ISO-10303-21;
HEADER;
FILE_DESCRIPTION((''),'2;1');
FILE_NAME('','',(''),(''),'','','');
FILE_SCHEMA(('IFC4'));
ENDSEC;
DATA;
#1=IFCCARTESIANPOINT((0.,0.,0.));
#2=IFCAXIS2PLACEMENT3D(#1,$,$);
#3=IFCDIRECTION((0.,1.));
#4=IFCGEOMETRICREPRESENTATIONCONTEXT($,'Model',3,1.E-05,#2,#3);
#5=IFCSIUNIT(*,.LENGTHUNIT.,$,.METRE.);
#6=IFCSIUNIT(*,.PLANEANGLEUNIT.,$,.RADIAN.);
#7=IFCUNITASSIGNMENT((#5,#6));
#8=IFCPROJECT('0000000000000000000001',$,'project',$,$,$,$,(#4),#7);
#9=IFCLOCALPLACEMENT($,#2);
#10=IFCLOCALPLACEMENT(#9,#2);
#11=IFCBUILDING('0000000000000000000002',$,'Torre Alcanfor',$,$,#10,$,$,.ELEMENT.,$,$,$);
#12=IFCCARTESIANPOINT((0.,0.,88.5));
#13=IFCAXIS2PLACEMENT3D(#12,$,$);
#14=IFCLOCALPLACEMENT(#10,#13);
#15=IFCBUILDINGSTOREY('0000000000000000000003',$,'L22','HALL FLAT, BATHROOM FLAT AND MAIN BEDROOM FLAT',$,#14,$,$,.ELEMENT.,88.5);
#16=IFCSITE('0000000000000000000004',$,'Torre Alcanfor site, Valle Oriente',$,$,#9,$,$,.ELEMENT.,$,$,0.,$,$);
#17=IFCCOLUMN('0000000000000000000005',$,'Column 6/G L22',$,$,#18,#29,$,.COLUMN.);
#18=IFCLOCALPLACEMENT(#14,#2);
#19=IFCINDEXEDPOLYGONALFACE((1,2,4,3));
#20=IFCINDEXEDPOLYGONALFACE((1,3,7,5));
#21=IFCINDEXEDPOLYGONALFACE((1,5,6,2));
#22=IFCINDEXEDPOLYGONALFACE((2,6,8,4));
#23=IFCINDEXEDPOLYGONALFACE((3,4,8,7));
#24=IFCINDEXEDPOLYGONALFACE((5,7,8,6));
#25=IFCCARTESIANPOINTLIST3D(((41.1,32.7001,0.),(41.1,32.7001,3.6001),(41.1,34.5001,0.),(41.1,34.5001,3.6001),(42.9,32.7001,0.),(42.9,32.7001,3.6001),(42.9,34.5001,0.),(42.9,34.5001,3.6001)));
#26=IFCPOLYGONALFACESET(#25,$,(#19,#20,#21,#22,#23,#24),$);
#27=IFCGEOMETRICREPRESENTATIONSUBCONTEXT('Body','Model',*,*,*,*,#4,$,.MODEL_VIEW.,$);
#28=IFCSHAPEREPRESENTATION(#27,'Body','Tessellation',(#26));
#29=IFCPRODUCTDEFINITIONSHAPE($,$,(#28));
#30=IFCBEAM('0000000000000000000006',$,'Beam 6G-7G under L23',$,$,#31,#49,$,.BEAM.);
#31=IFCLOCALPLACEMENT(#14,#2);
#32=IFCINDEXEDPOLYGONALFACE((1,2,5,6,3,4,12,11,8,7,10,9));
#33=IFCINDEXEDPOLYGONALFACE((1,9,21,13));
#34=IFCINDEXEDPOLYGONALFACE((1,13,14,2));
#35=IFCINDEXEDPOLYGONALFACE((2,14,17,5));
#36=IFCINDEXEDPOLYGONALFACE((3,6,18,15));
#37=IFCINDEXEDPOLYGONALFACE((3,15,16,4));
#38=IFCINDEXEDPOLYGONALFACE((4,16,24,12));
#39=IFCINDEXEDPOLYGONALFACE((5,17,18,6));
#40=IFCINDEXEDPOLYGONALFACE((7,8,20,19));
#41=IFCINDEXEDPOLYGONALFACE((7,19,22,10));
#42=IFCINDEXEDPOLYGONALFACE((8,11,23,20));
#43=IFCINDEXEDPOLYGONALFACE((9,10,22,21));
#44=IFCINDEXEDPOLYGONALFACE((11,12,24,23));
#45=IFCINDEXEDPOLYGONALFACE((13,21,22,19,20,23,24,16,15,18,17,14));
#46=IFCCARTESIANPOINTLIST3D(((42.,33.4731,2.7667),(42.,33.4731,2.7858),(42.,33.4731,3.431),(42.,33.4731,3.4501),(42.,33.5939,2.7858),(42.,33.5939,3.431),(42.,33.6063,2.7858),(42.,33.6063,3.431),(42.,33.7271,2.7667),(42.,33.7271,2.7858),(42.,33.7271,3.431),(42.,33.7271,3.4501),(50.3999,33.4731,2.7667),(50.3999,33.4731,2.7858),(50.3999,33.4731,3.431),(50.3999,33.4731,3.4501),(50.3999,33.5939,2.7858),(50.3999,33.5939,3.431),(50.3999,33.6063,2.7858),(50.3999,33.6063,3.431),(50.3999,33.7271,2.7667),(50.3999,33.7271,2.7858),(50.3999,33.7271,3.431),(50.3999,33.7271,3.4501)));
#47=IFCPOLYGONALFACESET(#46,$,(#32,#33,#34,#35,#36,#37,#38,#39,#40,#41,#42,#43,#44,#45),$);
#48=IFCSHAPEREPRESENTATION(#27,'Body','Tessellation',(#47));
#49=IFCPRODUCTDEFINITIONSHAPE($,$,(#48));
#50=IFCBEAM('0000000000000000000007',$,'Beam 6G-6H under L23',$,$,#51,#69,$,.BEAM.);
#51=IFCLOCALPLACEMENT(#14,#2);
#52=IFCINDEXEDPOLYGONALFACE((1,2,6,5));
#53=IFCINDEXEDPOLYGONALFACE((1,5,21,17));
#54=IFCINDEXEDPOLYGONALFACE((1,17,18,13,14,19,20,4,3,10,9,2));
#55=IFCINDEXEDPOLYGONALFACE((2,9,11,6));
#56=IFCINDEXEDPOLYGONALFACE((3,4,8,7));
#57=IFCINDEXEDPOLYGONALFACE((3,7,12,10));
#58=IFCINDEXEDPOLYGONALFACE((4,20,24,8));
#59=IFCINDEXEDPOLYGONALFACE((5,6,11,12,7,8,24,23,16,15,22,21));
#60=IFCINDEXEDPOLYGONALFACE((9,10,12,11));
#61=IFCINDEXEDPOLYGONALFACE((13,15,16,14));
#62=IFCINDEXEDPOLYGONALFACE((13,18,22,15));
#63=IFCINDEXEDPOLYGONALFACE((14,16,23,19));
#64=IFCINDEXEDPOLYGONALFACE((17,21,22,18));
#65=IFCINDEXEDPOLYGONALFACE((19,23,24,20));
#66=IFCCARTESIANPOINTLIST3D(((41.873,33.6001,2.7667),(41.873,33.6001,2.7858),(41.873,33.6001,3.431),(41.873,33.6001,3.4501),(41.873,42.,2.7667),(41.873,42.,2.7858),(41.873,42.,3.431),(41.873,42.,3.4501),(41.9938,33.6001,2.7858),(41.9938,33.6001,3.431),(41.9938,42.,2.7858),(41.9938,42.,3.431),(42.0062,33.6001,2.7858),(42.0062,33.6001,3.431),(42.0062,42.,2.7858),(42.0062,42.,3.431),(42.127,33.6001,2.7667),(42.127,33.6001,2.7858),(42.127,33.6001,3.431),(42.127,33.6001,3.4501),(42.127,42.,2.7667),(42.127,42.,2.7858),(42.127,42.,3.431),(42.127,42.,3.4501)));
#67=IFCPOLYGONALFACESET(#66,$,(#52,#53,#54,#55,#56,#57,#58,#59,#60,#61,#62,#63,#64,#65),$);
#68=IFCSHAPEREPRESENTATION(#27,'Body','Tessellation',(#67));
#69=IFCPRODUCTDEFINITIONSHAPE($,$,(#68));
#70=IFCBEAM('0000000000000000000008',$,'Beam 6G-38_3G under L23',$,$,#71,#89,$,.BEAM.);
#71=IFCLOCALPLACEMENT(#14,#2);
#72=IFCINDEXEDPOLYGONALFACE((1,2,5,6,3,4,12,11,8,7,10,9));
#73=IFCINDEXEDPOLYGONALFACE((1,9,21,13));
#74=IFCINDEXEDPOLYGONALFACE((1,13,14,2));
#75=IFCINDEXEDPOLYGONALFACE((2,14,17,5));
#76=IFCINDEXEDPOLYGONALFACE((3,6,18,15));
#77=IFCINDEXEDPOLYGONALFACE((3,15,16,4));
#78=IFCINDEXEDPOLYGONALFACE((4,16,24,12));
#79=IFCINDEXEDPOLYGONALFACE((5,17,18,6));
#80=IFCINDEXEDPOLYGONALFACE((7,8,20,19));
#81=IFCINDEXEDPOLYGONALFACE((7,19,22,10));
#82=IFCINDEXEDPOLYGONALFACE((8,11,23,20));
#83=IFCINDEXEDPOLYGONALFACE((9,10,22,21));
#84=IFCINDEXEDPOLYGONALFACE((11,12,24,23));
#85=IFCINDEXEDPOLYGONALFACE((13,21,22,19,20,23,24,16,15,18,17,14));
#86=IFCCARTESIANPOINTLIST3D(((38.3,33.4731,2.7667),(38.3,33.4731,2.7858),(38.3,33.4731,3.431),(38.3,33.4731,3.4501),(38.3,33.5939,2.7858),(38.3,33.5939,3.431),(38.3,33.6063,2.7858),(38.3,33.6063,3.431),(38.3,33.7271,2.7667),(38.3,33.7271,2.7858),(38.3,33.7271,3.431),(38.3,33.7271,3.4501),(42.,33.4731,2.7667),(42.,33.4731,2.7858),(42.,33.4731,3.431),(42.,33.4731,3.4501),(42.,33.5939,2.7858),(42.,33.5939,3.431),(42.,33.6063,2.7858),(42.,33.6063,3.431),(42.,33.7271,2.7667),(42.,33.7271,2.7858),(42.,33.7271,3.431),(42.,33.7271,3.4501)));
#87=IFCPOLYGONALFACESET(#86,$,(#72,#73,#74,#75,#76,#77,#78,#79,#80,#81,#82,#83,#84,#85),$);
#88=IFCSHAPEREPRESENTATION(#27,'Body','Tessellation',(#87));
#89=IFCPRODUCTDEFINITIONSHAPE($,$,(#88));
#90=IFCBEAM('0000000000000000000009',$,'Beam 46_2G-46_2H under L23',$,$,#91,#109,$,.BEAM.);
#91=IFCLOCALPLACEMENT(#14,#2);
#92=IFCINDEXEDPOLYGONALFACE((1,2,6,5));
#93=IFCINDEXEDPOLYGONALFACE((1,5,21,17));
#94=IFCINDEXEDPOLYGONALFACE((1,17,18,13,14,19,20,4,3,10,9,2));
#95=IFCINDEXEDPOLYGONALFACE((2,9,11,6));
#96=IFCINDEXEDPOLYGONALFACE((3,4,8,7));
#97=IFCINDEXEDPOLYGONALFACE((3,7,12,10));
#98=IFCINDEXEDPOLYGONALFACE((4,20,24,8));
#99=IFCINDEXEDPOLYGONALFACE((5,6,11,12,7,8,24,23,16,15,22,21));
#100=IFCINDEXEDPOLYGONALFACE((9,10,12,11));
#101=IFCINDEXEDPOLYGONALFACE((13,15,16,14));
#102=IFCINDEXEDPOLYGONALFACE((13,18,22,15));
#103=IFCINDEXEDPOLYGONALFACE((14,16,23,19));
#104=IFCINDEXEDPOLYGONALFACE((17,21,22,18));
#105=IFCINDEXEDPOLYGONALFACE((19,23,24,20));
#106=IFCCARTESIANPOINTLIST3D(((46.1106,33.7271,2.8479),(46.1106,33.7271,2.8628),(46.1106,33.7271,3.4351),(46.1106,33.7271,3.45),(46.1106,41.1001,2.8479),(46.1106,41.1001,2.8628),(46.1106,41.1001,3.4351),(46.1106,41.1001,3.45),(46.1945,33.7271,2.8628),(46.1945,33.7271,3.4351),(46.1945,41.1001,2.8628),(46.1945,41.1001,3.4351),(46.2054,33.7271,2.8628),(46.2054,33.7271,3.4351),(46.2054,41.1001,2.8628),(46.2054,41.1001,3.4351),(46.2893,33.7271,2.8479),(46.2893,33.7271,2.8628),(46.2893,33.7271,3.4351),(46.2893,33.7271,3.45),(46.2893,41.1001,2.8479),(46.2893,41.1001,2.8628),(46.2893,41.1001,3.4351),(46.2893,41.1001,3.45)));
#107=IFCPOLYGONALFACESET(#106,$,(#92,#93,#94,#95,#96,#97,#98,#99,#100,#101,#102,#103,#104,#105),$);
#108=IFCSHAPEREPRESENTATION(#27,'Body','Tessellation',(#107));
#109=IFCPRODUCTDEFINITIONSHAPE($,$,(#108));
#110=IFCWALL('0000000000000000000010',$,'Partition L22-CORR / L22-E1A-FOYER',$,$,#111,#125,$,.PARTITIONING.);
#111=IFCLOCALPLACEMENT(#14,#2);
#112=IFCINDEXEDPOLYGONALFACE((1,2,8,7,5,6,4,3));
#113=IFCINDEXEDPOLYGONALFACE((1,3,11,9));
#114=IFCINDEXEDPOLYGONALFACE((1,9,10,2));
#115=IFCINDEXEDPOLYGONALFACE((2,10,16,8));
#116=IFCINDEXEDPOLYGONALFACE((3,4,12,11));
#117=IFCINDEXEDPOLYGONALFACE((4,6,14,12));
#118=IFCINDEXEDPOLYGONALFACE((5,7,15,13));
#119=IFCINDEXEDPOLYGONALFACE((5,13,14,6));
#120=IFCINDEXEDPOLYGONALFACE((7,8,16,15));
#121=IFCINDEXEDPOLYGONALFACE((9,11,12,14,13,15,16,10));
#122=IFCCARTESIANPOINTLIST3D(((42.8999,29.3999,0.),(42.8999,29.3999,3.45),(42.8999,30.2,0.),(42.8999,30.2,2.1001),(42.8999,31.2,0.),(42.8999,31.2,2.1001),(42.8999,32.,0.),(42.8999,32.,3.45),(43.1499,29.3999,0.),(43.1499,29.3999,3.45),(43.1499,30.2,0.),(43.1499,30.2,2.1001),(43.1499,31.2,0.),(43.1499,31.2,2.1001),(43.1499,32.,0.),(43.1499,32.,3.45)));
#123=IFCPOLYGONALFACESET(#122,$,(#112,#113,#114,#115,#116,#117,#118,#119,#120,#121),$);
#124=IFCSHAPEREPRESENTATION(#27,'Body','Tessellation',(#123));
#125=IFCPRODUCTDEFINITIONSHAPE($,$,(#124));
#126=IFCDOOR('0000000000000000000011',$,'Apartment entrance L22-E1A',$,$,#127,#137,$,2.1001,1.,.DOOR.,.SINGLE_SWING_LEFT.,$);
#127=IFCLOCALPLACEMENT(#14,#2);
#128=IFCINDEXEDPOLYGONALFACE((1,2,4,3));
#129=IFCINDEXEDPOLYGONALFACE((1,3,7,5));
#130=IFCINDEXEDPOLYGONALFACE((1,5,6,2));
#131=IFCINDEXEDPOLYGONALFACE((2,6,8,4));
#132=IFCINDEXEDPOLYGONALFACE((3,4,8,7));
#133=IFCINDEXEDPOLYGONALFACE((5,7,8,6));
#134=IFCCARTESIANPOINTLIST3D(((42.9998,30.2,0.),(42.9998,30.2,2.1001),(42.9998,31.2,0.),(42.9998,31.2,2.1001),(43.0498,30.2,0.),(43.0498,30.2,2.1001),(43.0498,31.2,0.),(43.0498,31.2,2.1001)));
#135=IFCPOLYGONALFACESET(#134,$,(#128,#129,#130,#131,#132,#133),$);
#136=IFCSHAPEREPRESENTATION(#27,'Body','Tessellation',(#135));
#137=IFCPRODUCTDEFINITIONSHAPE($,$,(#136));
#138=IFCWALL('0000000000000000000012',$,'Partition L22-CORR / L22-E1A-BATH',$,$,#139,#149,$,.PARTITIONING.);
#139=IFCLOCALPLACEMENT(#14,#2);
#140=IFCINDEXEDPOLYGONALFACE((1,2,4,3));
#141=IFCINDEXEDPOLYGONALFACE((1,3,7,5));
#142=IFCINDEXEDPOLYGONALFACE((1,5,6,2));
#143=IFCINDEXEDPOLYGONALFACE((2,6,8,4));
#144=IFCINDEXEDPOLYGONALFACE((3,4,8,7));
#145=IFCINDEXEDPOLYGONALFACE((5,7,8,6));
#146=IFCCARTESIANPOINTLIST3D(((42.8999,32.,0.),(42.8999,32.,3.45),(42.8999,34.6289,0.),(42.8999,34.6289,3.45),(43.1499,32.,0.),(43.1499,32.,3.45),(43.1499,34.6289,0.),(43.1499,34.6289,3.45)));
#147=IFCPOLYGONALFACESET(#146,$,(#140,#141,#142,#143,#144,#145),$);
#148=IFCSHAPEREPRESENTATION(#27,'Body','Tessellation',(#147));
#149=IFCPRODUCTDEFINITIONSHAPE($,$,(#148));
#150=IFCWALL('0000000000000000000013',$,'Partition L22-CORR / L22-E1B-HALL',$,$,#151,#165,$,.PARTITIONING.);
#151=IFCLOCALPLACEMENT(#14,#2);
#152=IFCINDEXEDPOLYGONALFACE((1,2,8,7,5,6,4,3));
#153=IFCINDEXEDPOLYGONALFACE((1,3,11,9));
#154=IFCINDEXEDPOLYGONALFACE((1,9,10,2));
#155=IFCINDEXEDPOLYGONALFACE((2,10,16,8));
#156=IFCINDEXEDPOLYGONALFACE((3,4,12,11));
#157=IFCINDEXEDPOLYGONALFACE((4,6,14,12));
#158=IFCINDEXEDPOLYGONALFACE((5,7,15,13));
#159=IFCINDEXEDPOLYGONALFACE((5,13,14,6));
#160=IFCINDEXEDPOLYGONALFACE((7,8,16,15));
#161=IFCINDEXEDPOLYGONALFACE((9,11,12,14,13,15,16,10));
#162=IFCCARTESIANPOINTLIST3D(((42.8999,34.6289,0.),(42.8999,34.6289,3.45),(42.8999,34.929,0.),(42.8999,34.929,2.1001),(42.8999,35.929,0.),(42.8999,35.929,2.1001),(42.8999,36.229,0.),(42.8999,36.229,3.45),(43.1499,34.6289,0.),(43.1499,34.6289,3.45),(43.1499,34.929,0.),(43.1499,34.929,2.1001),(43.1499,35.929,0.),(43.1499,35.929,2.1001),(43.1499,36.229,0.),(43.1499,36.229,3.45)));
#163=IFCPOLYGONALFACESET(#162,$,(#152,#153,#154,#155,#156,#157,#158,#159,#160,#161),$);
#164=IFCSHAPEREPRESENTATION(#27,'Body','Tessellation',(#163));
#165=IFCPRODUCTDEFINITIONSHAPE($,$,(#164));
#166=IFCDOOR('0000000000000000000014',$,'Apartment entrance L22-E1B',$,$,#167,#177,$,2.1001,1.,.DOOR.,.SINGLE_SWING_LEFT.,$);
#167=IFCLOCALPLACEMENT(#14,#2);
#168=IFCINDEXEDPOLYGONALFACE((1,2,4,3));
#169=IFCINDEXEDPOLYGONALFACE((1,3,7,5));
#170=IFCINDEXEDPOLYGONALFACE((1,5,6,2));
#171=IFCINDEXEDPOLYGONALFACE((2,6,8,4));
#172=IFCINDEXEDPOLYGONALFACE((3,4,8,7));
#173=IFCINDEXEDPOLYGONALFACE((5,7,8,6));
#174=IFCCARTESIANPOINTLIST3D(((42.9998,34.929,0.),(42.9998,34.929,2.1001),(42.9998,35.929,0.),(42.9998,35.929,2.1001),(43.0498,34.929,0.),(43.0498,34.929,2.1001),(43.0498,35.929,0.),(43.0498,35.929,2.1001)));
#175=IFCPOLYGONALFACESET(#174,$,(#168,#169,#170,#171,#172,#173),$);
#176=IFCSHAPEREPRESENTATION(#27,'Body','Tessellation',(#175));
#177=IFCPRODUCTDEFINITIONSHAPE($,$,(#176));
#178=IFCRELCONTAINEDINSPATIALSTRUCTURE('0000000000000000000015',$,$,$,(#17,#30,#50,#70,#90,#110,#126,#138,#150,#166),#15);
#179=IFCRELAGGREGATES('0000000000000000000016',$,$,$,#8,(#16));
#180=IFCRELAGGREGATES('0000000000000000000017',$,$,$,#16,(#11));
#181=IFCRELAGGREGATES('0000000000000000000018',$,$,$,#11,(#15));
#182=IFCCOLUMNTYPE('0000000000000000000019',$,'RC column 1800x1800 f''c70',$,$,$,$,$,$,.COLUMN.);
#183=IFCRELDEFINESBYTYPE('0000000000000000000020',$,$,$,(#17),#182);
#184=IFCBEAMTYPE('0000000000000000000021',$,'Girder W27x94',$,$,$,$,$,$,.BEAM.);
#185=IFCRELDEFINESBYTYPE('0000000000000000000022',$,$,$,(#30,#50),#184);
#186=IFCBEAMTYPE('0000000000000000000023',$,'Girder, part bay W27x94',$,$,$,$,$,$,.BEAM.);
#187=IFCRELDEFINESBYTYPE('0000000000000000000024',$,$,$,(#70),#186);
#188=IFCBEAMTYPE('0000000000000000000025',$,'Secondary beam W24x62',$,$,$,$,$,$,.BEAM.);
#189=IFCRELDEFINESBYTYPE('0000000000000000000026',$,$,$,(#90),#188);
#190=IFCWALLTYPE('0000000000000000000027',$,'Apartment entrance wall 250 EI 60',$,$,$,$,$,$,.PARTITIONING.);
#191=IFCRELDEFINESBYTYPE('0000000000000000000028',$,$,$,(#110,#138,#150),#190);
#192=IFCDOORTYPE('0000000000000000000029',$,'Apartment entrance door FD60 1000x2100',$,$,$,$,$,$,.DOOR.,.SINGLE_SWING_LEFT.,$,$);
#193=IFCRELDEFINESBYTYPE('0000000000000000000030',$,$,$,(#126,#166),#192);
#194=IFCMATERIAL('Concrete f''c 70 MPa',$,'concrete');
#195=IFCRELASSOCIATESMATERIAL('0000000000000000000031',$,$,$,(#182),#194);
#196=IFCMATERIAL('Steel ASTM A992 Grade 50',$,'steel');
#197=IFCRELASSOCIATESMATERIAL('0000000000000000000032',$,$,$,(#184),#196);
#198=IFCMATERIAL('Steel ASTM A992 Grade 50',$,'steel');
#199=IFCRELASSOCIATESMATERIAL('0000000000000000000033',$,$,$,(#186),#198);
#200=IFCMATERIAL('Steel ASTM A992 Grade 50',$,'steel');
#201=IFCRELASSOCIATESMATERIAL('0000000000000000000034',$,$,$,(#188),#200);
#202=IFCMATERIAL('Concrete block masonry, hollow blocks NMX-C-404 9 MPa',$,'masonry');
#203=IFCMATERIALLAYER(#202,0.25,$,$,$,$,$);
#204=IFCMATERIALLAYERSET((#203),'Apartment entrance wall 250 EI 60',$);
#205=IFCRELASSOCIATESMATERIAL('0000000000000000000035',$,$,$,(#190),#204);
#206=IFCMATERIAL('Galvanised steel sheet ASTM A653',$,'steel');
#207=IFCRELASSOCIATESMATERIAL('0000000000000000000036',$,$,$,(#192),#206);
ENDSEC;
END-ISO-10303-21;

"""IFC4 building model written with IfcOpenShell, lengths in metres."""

from ifc_helpers import new_model, si_unit, direction, frame, frame_2d, origin, origin_2d, place, context, subcontext, project, spatial, rectangle, i_section, extrude, material, layer, layer_set, material_profile, profile_set, type_object, element, fill, save


model = new_model("IFC4")

# Units and contexts
model_context = context("Model", 3, precision=1e-05, world=origin(), true_north=direction((0.0, 1.0)))
body_context = subcontext(model_context, "Body", "Model", "MODEL_VIEW")
ifc_project = project(units=[si_unit("LENGTHUNIT", "METRE"), si_unit("PLANEANGLEUNIT", "RADIAN")], contexts=[model_context])

# Site, building, storey
site_placement = place(None, origin())
site = spatial("IfcSite", under=ifc_project, at=site_placement, Name="Torre Alcanfor site, Valle Oriente", CompositionType="ELEMENT", RefElevation=0.0)
building_placement = place(site_placement, origin())
building = spatial("IfcBuilding", under=site, at=building_placement, Name="Torre Alcanfor", CompositionType="ELEMENT")
storey_placement = place(building_placement, frame((0.0, 0.0, 88.5)))
storey = spatial("IfcBuildingStorey", under=building, at=storey_placement, Name="L22", Description="HALL FLAT, BATHROOM FLAT AND MAIN BEDROOM FLAT", CompositionType="ELEMENT", Elevation=88.5)

# Column
ifc_material_1 = material(Name="Concrete f'c 70 MPa", Category="concrete")
ifc_material_profile_1 = material_profile(ifc_material_1, rectangle(XDim=1.8, YDim=1.8, at=origin_2d()), Name="1800x1800")
ifc_profile_set_1 = profile_set([ifc_material_profile_1], Name="Concrete f'c 70 MPa")
column_type = type_object("IfcColumnType", Name="RC column 1800x1800 f'c70", PredefinedType="COLUMN", material=ifc_profile_set_1)
column_placement = place(storey_placement, frame((42.0, 33.6001, 0.0), z_axis=(0.0, 0.0, 1.0), x_axis=(1.0, 0.0, 0.0)))
element("IfcColumn", 1, at=column_placement, inside=storey, type_object=column_type, Name="Column 6/G L22", PredefinedType="COLUMN", context=body_context, shape_type="SweptSolid", body=[
    extrude(rectangle(XDim=1.8, YDim=1.8, at=origin_2d()), origin(), (0.0, 0.0, 1.0), 3.6001),
])

# Beams
ifc_material_2 = material(Name="Steel ASTM A992 Grade 50", Category="steel")
ifc_material_profile_2 = material_profile(ifc_material_2, i_section(OverallWidth=0.2539, OverallDepth=0.6833, WebThickness=0.0125, FlangeThickness=0.019, at=origin_2d()), Name="W27x94")
ifc_profile_set_2 = profile_set([ifc_material_profile_2], Name="Steel ASTM A992 Grade 50")
beam_type_1 = type_object("IfcBeamType", Name="Girder W27x94", PredefinedType="BEAM", material=ifc_profile_set_2)
for number, where, z_axis, x_axis, name in (
    (2, (42.0, 33.6001, 3.1084), (1.0, 0.0, 0.0), (0.0, 1.0, 0.0), "Beam 6G-7G under L23"),
    (3, (42.0, 33.6001, 3.1084), (0.0, 1.0, 0.0), (-1.0, 0.0, 0.0), "Beam 6G-6H under L23"),
):
    element("IfcBeam", number, at=place(storey_placement, frame(where, z_axis=z_axis, x_axis=x_axis)), inside=storey, type_object=beam_type_1, Name=name, PredefinedType="BEAM", context=body_context, shape_type="SweptSolid", body=[
        extrude(i_section(OverallWidth=0.2539, OverallDepth=0.6833, WebThickness=0.0125, FlangeThickness=0.019, at=origin_2d()), origin(), (0.0, 0.0, 1.0), 8.3999),
    ])
ifc_material_3 = material(Name="Steel ASTM A992 Grade 50", Category="steel")
ifc_material_profile_3 = material_profile(ifc_material_3, i_section(OverallWidth=0.2539, OverallDepth=0.6833, WebThickness=0.0125, FlangeThickness=0.019, at=origin_2d()), Name="W27x94")
ifc_profile_set_3 = profile_set([ifc_material_profile_3], Name="Steel ASTM A992 Grade 50")
beam_type_2 = type_object("IfcBeamType", Name="Girder, part bay W27x94", PredefinedType="BEAM", material=ifc_profile_set_3)
beam_1_placement = place(storey_placement, frame((42.0, 33.6001, 3.1084), z_axis=(-1.0, 0.0, 0.0), x_axis=(0.0, -1.0, 0.0)))
element("IfcBeam", 4, at=beam_1_placement, inside=storey, type_object=beam_type_2, Name="Beam 6G-38_3G under L23", PredefinedType="BEAM", context=body_context, shape_type="SweptSolid", body=[
    extrude(i_section(OverallWidth=0.2539, OverallDepth=0.6833, WebThickness=0.0125, FlangeThickness=0.019, at=origin_2d()), origin(), (0.0, 0.0, 1.0), 3.7),
])
ifc_material_4 = material(Name="Steel ASTM A992 Grade 50", Category="steel")
ifc_material_profile_4 = material_profile(ifc_material_4, i_section(OverallWidth=0.1787, OverallDepth=0.6021, WebThickness=0.011, FlangeThickness=0.0149, at=origin_2d()), Name="W24x62")
ifc_profile_set_4 = profile_set([ifc_material_profile_4], Name="Steel ASTM A992 Grade 50")
beam_type_3 = type_object("IfcBeamType", Name="Secondary beam W24x62", PredefinedType="BEAM", material=ifc_profile_set_4)
beam_2_placement = place(storey_placement, frame((46.2, 33.7271, 3.1489), z_axis=(0.0, 1.0, 0.0), x_axis=(-1.0, 0.0, 0.0)))
element("IfcBeam", 5, at=beam_2_placement, inside=storey, type_object=beam_type_3, Name="Beam 46_2G-46_2H under L23", PredefinedType="BEAM", context=body_context, shape_type="SweptSolid", body=[
    extrude(i_section(OverallWidth=0.1787, OverallDepth=0.6021, WebThickness=0.011, FlangeThickness=0.0149, at=origin_2d()), origin(), (0.0, 0.0, 1.0), 7.373),
])

# Wall, opening, door
ifc_material_5 = material(Name="Concrete block masonry, hollow blocks NMX-C-404 9 MPa", Category="masonry")
ifc_layer_1 = layer(ifc_material_5, 0.25)
ifc_layer_set_1 = layer_set([ifc_layer_1], Name="Apartment entrance wall 250 EI 60")
wall_type_1 = type_object("IfcWallType", Name="Apartment entrance wall 250 EI 60", PredefinedType="PARTITIONING", material=ifc_layer_set_1)
wall_1_placement = place(storey_placement, frame((43.0249, 32.0, 0.0), z_axis=(0.0, 0.0, 1.0), x_axis=(0.0, -1.0, 0.0)))
wall_1 = element("IfcWall", 6, at=wall_1_placement, inside=storey, type_object=wall_type_1, Name="Partition L22-CORR / L22-E1A-FOYER", PredefinedType="PARTITIONING", context=body_context, shape_type="SweptSolid", body=[
    extrude(rectangle(XDim=2.6001, YDim=0.25, at=frame_2d((1.3, 0.0))), origin(), (0.0, 0.0, 1.0), 3.45),
])
opening_1_placement = place(wall_1_placement, frame((0.8, 0.0, 0.0)))
opening_1 = element("IfcOpeningElement", 7, at=opening_1_placement, cuts=wall_1, PredefinedType="OPENING", context=body_context, shape_type="SweptSolid", body=[
    extrude(rectangle(XDim=1.0, YDim=2.1001, at=frame_2d((0.5, 1.05))), frame((0.0, 0.135, 0.0), z_axis=(0.0, -1.0, 0.0), x_axis=(1.0, 0.0, 0.0)), (0.0, 0.0, 1.0), 0.27),
])
ifc_material_6 = material(Name="Galvanised steel sheet ASTM A653", Category="steel")
door_type_1 = type_object("IfcDoorType", Name="Apartment entrance door FD60 1000x2100", OperationType="SINGLE_SWING_LEFT", PredefinedType="DOOR", material=ifc_material_6)
door_1_placement = place(opening_1_placement, origin())
door_1 = element("IfcDoor", 8, at=door_1_placement, inside=storey, type_object=door_type_1, Name="Apartment entrance L22-E1A", OperationType="SINGLE_SWING_LEFT", OverallHeight=2.1001, OverallWidth=1.0, PredefinedType="DOOR", context=body_context, shape_type="SweptSolid", body=[
    extrude(rectangle(XDim=1.0, YDim=2.1001, at=frame_2d((0.5, 1.05))), frame((0.0, 0.0249, 0.0), z_axis=(0.0, -1.0, 0.0), x_axis=(1.0, 0.0, 0.0)), (0.0, 0.0, 1.0), 0.05),
])
fill(opening_1, door_1)

# Wall
wall_2_placement = place(storey_placement, frame((43.0249, 34.6289, 0.0), z_axis=(0.0, 0.0, 1.0), x_axis=(0.0, -1.0, 0.0)))
element("IfcWall", 9, at=wall_2_placement, inside=storey, type_object=wall_type_1, Name="Partition L22-CORR / L22-E1A-BATH", PredefinedType="PARTITIONING", context=body_context, shape_type="SweptSolid", body=[
    extrude(rectangle(XDim=2.6289, YDim=0.25, at=frame_2d((1.3145, 0.0))), origin(), (0.0, 0.0, 1.0), 3.45),
])

# Wall, opening, door
wall_3_placement = place(storey_placement, frame((43.0249, 36.229, 0.0), z_axis=(0.0, 0.0, 1.0), x_axis=(0.0, -1.0, 0.0)))
wall_3 = element("IfcWall", 10, at=wall_3_placement, inside=storey, type_object=wall_type_1, Name="Partition L22-CORR / L22-E1B-HALL", PredefinedType="PARTITIONING", context=body_context, shape_type="SweptSolid", body=[
    extrude(rectangle(XDim=1.6001, YDim=0.25, at=frame_2d((0.8, 0.0))), origin(), (0.0, 0.0, 1.0), 3.45),
])
opening_2_placement = place(wall_3_placement, frame((0.3, 0.0, 0.0)))
opening_2 = element("IfcOpeningElement", 11, at=opening_2_placement, cuts=wall_3, PredefinedType="OPENING", context=body_context, shape_type="SweptSolid", body=[
    extrude(rectangle(XDim=1.0, YDim=2.1001, at=frame_2d((0.5, 1.05))), frame((0.0, 0.135, 0.0), z_axis=(0.0, -1.0, 0.0), x_axis=(1.0, 0.0, 0.0)), (0.0, 0.0, 1.0), 0.27),
])
door_2_placement = place(opening_2_placement, origin())
door_2 = element("IfcDoor", 12, at=door_2_placement, inside=storey, type_object=door_type_1, Name="Apartment entrance L22-E1B", OperationType="SINGLE_SWING_LEFT", OverallHeight=2.1001, OverallWidth=1.0, PredefinedType="DOOR", context=body_context, shape_type="SweptSolid", body=[
    extrude(rectangle(XDim=1.0, YDim=2.1001, at=frame_2d((0.5, 1.05))), frame((0.0, 0.0249, 0.0), z_axis=(0.0, -1.0, 0.0), x_axis=(1.0, 0.0, 0.0)), (0.0, 0.0, 1.0), 0.05),
])
fill(opening_2, door_2)

save(model, "model.ifc")
